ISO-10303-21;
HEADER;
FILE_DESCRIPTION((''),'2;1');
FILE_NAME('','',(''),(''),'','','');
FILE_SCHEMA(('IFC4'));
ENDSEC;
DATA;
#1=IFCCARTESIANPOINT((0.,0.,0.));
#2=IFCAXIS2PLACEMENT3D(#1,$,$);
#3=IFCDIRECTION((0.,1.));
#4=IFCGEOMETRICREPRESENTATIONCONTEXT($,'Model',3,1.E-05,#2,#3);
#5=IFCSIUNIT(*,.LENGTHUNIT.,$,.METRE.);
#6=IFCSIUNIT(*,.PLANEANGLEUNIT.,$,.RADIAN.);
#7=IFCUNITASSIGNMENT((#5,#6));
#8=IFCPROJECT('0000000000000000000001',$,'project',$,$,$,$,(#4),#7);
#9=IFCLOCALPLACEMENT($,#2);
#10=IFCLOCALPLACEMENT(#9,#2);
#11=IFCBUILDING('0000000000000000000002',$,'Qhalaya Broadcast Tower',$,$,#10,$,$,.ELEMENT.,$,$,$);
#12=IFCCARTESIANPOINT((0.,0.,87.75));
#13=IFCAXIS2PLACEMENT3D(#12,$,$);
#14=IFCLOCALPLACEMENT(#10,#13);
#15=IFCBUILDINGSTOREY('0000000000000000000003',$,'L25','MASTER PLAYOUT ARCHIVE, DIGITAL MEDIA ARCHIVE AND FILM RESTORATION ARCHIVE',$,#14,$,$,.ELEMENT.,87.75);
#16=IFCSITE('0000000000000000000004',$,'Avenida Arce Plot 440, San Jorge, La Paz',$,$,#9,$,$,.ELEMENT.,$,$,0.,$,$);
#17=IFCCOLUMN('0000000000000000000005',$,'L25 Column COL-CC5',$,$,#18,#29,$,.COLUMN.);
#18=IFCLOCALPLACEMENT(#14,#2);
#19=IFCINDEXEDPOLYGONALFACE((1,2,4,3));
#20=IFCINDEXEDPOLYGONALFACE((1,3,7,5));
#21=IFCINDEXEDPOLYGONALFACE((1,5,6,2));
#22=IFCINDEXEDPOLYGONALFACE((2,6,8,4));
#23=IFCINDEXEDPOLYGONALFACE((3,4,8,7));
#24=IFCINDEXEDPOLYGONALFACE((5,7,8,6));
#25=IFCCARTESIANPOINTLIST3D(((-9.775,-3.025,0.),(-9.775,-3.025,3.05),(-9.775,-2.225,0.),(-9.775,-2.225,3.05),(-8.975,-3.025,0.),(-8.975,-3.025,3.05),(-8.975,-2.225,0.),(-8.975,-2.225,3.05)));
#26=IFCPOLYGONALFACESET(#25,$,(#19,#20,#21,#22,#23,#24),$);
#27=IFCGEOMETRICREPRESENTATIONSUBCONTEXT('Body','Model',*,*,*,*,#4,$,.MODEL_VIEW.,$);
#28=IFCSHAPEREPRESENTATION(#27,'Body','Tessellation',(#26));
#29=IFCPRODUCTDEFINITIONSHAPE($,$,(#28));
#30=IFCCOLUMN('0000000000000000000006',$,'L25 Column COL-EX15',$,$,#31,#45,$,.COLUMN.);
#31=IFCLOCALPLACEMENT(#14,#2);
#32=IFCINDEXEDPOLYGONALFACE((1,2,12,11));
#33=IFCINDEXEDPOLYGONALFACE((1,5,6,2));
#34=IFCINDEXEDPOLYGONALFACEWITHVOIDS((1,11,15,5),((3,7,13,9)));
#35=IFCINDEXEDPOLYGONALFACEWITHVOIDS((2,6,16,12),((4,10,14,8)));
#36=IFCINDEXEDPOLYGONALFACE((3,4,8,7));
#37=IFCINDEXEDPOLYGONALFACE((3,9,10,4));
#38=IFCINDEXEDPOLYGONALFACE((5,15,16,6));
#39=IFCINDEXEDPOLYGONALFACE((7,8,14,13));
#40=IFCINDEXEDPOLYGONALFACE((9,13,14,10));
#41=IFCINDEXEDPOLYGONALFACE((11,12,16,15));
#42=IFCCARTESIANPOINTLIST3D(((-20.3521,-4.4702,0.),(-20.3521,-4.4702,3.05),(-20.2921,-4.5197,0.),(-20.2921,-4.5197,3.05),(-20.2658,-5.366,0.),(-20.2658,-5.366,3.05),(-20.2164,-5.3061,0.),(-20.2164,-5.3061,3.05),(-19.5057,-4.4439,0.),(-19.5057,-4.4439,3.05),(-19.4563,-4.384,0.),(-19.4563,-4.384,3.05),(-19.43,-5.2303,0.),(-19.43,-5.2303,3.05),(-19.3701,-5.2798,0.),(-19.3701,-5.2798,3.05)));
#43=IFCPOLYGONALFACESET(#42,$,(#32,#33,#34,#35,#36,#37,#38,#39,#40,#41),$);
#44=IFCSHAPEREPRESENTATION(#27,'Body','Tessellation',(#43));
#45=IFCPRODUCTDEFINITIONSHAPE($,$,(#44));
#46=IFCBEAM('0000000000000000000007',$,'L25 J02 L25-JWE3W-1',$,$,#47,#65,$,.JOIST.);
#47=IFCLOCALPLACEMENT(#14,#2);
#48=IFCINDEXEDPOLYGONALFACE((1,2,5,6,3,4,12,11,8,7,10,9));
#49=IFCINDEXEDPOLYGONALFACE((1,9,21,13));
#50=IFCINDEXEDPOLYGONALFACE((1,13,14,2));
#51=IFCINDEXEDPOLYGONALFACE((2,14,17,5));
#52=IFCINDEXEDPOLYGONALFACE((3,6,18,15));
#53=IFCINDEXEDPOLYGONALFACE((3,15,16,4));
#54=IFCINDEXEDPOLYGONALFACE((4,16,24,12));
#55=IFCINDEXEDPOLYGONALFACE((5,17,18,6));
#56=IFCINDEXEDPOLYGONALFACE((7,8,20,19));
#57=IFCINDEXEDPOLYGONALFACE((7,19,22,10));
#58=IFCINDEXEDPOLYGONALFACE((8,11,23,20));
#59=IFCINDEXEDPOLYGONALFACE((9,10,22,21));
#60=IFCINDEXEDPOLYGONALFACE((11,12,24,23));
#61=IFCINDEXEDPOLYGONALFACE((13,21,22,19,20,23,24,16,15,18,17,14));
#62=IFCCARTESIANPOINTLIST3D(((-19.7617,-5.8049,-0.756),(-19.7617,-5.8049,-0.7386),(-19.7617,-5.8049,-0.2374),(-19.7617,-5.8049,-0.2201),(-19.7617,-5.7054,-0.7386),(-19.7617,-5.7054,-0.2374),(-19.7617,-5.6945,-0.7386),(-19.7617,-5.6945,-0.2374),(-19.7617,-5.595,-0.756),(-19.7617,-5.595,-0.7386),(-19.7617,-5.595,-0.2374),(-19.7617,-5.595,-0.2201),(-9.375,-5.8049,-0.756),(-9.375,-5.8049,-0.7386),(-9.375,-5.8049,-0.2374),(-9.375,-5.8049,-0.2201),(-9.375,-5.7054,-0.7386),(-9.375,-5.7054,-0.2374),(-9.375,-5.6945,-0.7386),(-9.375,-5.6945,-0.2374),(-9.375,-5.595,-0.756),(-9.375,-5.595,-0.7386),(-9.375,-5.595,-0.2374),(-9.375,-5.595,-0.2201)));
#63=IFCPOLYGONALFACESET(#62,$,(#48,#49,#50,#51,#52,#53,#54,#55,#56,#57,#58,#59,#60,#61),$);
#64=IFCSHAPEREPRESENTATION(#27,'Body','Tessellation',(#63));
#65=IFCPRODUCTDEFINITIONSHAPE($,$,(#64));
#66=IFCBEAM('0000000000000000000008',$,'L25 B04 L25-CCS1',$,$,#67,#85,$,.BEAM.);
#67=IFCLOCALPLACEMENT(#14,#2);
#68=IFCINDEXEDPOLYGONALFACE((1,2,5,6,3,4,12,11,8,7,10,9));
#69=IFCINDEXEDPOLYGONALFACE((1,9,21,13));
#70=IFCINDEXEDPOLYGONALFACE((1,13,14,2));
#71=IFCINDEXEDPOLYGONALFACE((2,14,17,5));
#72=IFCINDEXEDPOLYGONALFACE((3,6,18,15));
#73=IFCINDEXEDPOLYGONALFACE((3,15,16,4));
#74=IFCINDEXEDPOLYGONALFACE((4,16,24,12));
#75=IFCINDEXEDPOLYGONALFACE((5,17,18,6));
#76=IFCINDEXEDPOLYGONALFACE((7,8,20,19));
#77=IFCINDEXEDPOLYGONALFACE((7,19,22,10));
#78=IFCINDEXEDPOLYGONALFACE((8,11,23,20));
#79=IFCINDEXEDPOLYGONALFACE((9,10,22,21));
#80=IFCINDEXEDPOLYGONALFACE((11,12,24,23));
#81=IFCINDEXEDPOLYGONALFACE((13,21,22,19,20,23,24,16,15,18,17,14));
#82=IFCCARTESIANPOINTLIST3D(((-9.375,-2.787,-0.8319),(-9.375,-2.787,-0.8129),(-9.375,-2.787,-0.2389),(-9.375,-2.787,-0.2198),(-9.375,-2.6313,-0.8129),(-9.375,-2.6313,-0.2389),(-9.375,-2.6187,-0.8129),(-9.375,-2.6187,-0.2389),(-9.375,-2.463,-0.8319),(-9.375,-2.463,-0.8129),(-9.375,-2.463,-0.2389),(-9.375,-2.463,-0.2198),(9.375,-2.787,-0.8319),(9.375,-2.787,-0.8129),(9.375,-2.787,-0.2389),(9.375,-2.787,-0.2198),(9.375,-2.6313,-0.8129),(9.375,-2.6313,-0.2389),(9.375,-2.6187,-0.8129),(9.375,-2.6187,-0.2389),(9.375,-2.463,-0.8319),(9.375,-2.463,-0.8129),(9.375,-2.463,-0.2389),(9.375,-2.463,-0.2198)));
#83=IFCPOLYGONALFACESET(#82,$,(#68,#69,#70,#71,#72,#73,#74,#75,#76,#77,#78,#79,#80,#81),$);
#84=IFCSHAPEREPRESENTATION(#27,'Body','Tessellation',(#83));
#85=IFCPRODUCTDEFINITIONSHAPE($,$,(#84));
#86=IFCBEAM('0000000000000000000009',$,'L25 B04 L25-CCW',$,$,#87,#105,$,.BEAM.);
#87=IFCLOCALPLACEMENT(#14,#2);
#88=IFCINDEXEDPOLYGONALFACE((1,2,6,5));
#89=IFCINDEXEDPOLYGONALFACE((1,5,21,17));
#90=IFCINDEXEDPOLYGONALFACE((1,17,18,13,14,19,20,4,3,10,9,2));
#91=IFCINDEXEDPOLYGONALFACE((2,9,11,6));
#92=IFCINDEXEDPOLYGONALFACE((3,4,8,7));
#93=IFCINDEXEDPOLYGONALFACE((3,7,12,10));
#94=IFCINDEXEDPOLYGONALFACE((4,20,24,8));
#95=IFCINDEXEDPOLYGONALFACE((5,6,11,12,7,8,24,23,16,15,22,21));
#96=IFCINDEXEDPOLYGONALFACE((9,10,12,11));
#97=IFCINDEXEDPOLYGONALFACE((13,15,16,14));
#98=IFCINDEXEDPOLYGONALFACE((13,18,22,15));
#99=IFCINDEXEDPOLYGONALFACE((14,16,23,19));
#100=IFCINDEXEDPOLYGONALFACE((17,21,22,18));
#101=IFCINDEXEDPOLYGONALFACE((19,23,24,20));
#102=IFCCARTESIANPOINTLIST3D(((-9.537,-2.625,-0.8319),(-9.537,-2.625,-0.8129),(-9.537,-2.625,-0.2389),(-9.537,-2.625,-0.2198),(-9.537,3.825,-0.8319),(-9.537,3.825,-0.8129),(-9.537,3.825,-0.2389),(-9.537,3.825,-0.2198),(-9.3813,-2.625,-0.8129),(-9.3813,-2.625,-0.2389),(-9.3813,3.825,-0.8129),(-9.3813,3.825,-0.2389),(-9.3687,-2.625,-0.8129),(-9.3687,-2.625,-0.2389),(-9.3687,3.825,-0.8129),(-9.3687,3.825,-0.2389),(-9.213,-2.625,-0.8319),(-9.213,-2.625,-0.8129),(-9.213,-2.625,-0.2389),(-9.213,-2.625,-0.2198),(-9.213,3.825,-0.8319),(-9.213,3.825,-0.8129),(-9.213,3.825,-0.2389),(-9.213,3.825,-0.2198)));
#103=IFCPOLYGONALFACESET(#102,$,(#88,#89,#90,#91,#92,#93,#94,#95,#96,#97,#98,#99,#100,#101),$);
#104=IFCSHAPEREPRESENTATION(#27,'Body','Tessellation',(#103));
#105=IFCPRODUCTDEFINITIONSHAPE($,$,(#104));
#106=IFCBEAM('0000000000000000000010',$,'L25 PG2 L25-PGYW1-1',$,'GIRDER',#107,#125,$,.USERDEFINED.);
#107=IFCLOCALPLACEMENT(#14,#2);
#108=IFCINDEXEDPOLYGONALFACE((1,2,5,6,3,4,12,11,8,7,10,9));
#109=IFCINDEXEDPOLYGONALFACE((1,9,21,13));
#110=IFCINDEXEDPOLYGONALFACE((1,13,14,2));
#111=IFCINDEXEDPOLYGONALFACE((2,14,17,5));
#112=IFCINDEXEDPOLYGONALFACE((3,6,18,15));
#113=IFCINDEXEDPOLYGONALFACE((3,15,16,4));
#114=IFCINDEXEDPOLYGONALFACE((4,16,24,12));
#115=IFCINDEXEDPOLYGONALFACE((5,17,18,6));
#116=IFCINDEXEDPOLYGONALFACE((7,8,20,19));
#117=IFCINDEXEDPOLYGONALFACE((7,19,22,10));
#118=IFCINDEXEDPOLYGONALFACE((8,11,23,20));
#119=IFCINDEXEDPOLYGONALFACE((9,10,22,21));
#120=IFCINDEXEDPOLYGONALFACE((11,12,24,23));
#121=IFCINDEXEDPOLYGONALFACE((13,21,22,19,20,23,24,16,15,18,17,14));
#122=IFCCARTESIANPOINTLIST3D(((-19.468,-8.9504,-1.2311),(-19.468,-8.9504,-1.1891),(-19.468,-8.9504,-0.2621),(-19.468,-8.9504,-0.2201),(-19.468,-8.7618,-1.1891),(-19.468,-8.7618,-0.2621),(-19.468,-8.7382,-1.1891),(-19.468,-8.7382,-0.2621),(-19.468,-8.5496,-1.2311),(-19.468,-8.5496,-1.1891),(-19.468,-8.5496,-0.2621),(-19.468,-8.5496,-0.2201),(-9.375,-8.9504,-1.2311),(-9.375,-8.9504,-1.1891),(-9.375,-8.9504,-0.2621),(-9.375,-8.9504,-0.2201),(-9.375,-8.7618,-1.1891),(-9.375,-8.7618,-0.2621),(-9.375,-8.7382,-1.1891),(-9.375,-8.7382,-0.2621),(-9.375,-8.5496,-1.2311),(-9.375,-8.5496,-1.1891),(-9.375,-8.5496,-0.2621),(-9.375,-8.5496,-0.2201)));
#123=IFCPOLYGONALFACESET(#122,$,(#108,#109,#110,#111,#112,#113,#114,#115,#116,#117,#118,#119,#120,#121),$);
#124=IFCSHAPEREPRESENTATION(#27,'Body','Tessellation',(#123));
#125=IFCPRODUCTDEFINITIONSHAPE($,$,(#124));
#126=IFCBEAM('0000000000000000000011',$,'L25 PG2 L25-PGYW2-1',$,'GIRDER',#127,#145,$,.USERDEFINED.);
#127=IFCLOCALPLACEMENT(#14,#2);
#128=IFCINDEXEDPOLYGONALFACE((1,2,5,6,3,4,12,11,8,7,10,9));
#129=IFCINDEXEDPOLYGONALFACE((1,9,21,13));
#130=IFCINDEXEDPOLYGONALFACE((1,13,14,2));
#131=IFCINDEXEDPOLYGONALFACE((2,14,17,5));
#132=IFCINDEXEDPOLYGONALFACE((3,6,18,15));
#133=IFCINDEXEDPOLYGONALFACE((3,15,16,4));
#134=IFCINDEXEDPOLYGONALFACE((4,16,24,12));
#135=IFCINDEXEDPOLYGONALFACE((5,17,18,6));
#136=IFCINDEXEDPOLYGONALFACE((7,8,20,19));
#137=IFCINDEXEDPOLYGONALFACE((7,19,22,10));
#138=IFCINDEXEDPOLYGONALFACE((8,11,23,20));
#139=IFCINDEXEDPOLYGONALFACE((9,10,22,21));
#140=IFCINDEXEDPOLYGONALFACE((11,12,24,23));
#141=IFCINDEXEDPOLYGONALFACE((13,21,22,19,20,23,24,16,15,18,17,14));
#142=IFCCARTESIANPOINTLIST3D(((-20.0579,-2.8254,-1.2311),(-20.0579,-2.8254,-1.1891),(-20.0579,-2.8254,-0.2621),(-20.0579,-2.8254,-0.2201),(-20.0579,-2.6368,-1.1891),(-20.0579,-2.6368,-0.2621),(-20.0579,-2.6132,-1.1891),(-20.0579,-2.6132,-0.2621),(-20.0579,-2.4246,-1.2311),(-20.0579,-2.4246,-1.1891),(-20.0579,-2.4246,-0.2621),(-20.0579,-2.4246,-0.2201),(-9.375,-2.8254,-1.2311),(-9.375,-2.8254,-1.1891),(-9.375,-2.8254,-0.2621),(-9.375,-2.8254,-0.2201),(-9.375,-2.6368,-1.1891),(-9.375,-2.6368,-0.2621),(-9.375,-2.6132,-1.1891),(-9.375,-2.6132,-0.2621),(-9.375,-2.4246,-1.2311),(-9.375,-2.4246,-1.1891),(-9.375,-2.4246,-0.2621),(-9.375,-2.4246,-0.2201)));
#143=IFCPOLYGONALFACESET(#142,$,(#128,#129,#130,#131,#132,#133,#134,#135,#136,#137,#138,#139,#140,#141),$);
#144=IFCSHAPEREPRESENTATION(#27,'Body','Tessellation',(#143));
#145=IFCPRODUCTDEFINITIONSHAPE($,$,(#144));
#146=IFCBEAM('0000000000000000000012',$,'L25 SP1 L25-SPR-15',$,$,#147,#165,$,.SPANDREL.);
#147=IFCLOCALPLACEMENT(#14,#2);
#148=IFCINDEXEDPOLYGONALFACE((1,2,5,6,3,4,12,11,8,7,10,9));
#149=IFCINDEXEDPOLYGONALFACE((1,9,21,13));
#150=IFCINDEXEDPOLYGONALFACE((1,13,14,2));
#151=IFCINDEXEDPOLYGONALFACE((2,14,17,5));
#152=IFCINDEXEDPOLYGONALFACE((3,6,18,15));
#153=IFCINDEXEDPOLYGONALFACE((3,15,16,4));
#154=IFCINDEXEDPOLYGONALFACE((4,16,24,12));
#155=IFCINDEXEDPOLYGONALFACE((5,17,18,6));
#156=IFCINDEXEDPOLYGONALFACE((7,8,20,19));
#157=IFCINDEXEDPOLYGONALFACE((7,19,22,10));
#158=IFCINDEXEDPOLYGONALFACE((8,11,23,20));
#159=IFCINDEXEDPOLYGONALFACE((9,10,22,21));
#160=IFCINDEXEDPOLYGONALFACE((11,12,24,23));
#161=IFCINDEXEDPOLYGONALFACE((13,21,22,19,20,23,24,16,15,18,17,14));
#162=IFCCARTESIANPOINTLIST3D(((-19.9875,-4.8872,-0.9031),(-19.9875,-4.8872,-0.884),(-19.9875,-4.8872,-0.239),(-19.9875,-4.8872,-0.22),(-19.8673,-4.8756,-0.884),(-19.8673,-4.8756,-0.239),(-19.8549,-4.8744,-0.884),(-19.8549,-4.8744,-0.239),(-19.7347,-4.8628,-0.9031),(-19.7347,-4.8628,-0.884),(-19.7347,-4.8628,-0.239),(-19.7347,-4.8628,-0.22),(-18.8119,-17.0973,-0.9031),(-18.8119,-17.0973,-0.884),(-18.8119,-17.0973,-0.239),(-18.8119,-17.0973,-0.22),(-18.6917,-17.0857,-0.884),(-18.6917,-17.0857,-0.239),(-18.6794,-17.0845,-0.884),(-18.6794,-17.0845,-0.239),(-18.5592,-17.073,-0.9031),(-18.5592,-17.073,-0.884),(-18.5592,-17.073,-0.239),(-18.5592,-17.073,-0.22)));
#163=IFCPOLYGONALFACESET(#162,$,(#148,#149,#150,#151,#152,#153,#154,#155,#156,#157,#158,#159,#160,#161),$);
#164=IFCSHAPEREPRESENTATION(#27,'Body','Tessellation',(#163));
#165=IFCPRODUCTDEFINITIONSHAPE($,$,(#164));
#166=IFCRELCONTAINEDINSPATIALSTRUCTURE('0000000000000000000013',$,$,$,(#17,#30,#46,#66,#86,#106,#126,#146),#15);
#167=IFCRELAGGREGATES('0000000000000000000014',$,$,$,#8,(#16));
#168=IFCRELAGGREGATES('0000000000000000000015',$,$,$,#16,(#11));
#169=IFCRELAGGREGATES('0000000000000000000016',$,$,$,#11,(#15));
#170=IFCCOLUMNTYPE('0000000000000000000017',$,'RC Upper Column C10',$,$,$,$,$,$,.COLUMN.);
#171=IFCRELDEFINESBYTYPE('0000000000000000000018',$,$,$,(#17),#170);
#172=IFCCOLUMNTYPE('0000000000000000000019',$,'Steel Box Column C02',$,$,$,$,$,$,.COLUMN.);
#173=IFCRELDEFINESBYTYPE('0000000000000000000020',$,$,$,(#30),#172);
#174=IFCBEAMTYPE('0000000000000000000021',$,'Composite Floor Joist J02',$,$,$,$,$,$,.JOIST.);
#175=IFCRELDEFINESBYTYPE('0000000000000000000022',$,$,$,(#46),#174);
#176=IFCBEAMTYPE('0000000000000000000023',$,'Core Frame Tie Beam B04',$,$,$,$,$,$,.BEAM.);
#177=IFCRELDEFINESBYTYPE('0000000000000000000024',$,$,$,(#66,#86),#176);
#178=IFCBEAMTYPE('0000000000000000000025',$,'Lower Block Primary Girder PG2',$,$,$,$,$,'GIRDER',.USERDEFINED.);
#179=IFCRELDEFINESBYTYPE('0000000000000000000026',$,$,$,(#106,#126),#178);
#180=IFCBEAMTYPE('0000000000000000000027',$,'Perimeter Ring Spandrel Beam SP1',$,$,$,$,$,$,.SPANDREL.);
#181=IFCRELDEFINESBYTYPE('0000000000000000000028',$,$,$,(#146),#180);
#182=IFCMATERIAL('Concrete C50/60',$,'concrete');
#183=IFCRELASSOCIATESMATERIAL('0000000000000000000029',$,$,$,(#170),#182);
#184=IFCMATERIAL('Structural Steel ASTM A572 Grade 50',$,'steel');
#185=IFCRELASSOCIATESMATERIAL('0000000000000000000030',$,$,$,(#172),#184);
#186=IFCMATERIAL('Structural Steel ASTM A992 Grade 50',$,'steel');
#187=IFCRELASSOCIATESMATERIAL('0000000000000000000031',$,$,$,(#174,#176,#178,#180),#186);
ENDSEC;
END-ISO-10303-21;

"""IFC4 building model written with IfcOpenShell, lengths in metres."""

from ifc_helpers import new_model, si_unit, direction, frame, origin, origin_2d, place, context, subcontext, project, spatial, rectangle, hollow_rectangle, i_section, extrude, material, material_profile, profile_set, type_object, element, save


model = new_model("IFC4")

# Units and contexts
model_context = context("Model", 3, precision=1e-05, world=origin(), true_north=direction((0.0, 1.0)))
body_context = subcontext(model_context, "Body", "Model", "MODEL_VIEW")
ifc_project = project(units=[si_unit("LENGTHUNIT", "METRE"), si_unit("PLANEANGLEUNIT", "RADIAN")], contexts=[model_context])

# Site, building, storey
site_placement = place(None, origin())
site = spatial("IfcSite", under=ifc_project, at=site_placement, Name="Avenida Arce Plot 440, San Jorge, La Paz", CompositionType="ELEMENT", RefElevation=0.0)
building_placement = place(site_placement, origin())
building = spatial("IfcBuilding", under=site, at=building_placement, Name="Qhalaya Broadcast Tower", CompositionType="ELEMENT")
storey_placement = place(building_placement, frame((0.0, 0.0, 87.75)))
storey = spatial("IfcBuildingStorey", under=building, at=storey_placement, Name="L25", Description="MASTER PLAYOUT ARCHIVE, DIGITAL MEDIA ARCHIVE AND FILM RESTORATION ARCHIVE", CompositionType="ELEMENT", Elevation=87.75)

# Columns
ifc_material_1 = material(Name="Concrete C50/60", Category="concrete")
ifc_material_profile_1 = material_profile(ifc_material_1, rectangle(XDim=0.8, YDim=0.8, at=origin_2d()), Name="RC-COL 800x800")
ifc_profile_set_1 = profile_set([ifc_material_profile_1], Name="Concrete C50/60")
column_type_1 = type_object("IfcColumnType", Name="RC Upper Column C10", PredefinedType="COLUMN", material=ifc_profile_set_1)
column_1_placement = place(storey_placement, frame((-9.375, -2.625, 0.0), z_axis=(0.0, 0.0, 1.0), x_axis=(1.0, 0.0, 0.0)))
element("IfcColumn", 1, at=column_1_placement, inside=storey, type_object=column_type_1, Name="L25 Column COL-CC5", PredefinedType="COLUMN", context=body_context, shape_type="SweptSolid", body=[
    extrude(rectangle(XDim=0.8, YDim=0.8, at=origin_2d()), origin(), (0.0, 0.0, 1.0), 3.05),
])
ifc_material_2 = material(Name="Structural Steel ASTM A572 Grade 50", Category="steel")
ifc_material_profile_2 = material_profile(ifc_material_2, hollow_rectangle(XDim=0.8999, YDim=0.8999, WallThickness=0.0549, at=origin_2d()), Name="BOX 900x900x55")
ifc_profile_set_2 = profile_set([ifc_material_profile_2], Name="Structural Steel ASTM A572 Grade 50")
column_type_2 = type_object("IfcColumnType", Name="Steel Box Column C02", PredefinedType="COLUMN", material=ifc_profile_set_2)
column_2_placement = place(storey_placement, frame((-19.8611, -4.875, 0.0), z_axis=(0.0, 0.0, 1.0), x_axis=(-0.095846, 0.995396, 0.0)))
element("IfcColumn", 2, at=column_2_placement, inside=storey, type_object=column_type_2, Name="L25 Column COL-EX15", PredefinedType="COLUMN", context=body_context, shape_type="SweptSolid", body=[
    extrude(hollow_rectangle(XDim=0.8999, YDim=0.8999, WallThickness=0.0549, at=origin_2d()), origin(), (0.0, 0.0, 1.0), 3.05),
])

# Beams
ifc_material_3 = material(Name="Structural Steel ASTM A992 Grade 50", Category="steel")
ifc_material_profile_3 = material_profile(ifc_material_3, i_section(OverallWidth=0.21, OverallDepth=0.5359, WebThickness=0.011, FlangeThickness=0.0173, at=origin_2d()), Name="W21X68")
ifc_profile_set_3 = profile_set([ifc_material_profile_3], Name="Structural Steel ASTM A992 Grade 50")
beam_type_1 = type_object("IfcBeamType", Name="Composite Floor Joist J02", PredefinedType="JOIST", material=ifc_profile_set_3)
beam_1_placement = place(storey_placement, frame((-19.7617, -5.7, -0.488), z_axis=(1.0, 0.0, 0.0), x_axis=(0.0, 1.0, 0.0)))
element("IfcBeam", 3, at=beam_1_placement, inside=storey, type_object=beam_type_1, Name="L25 J02 L25-JWE3W-1", PredefinedType="JOIST", context=body_context, shape_type="SweptSolid", body=[
    extrude(i_section(OverallWidth=0.21, OverallDepth=0.5359, WebThickness=0.011, FlangeThickness=0.0173, at=origin_2d()), origin(), (0.0, 0.0, 1.0), 10.3867),
])
ifc_material_profile_4 = material_profile(ifc_material_3, i_section(OverallWidth=0.324, OverallDepth=0.6121, WebThickness=0.0127, FlangeThickness=0.019, at=origin_2d()), Name="W24X104")
ifc_profile_set_4 = profile_set([ifc_material_profile_4], Name="Structural Steel ASTM A992 Grade 50")
beam_type_2 = type_object("IfcBeamType", Name="Core Frame Tie Beam B04", PredefinedType="BEAM", material=ifc_profile_set_4)
beam_2_placement = place(storey_placement, frame((-9.375, -2.625, -0.5259), z_axis=(1.0, 0.0, 0.0), x_axis=(0.0, 1.0, 0.0)))
element("IfcBeam", 4, at=beam_2_placement, inside=storey, type_object=beam_type_2, Name="L25 B04 L25-CCS1", PredefinedType="BEAM", context=body_context, shape_type="SweptSolid", body=[
    extrude(i_section(OverallWidth=0.324, OverallDepth=0.6121, WebThickness=0.0127, FlangeThickness=0.019, at=origin_2d()), origin(), (0.0, 0.0, 1.0), 18.75),
])
beam_3_placement = place(storey_placement, frame((-9.375, -2.625, -0.5259), z_axis=(0.0, 1.0, 0.0), x_axis=(-1.0, 0.0, 0.0)))
element("IfcBeam", 5, at=beam_3_placement, inside=storey, type_object=beam_type_2, Name="L25 B04 L25-CCW", PredefinedType="BEAM", context=body_context, shape_type="SweptSolid", body=[
    extrude(i_section(OverallWidth=0.324, OverallDepth=0.6121, WebThickness=0.0127, FlangeThickness=0.019, at=origin_2d()), origin(), (0.0, 0.0, 1.0), 6.45),
])
ifc_material_profile_5 = material_profile(ifc_material_3, i_section(OverallWidth=0.4009, OverallDepth=1.011, WebThickness=0.0237, FlangeThickness=0.042, at=origin_2d()), Name="W40X297")
ifc_profile_set_5 = profile_set([ifc_material_profile_5], Name="Structural Steel ASTM A992 Grade 50")
beam_type_3 = type_object("IfcBeamType", Name="Lower Block Primary Girder PG2", ElementType="GIRDER", PredefinedType="USERDEFINED", material=ifc_profile_set_5)
beam_4_placement = place(storey_placement, frame((-19.468, -8.75, -0.7256), z_axis=(1.0, 0.0, 0.0), x_axis=(0.0, 1.0, 0.0)))
element("IfcBeam", 6, at=beam_4_placement, inside=storey, type_object=beam_type_3, Name="L25 PG2 L25-PGYW1-1", ObjectType="GIRDER", PredefinedType="USERDEFINED", context=body_context, shape_type="SweptSolid", body=[
    extrude(i_section(OverallWidth=0.4009, OverallDepth=1.011, WebThickness=0.0237, FlangeThickness=0.042, at=origin_2d()), origin(), (0.0, 0.0, 1.0), 10.093),
])
beam_5_placement = place(storey_placement, frame((-20.0579, -2.625, -0.7256), z_axis=(1.0, 0.0, 0.0), x_axis=(0.0, 1.0, 0.0)))
element("IfcBeam", 7, at=beam_5_placement, inside=storey, type_object=beam_type_3, Name="L25 PG2 L25-PGYW2-1", ObjectType="GIRDER", PredefinedType="USERDEFINED", context=body_context, shape_type="SweptSolid", body=[
    extrude(i_section(OverallWidth=0.4009, OverallDepth=1.011, WebThickness=0.0237, FlangeThickness=0.042, at=origin_2d()), origin(), (0.0, 0.0, 1.0), 10.6829),
])
ifc_material_profile_6 = material_profile(ifc_material_3, i_section(OverallWidth=0.2539, OverallDepth=0.6831, WebThickness=0.0125, FlangeThickness=0.019, at=origin_2d()), Name="W27X94")
ifc_profile_set_6 = profile_set([ifc_material_profile_6], Name="Structural Steel ASTM A992 Grade 50")
beam_type_4 = type_object("IfcBeamType", Name="Perimeter Ring Spandrel Beam SP1", PredefinedType="SPANDREL", material=ifc_profile_set_6)
beam_6_placement = place(storey_placement, frame((-19.8611, -4.875, -0.5615), z_axis=(0.095832, -0.995398, 0.0), x_axis=(0.995398, 0.095832, 0.0)))
element("IfcBeam", 8, at=beam_6_placement, inside=storey, type_object=beam_type_4, Name="L25 SP1 L25-SPR-15", PredefinedType="SPANDREL", context=body_context, shape_type="SweptSolid", body=[
    extrude(i_section(OverallWidth=0.2539, OverallDepth=0.6831, WebThickness=0.0125, FlangeThickness=0.019, at=origin_2d()), origin(), (0.0, 0.0, 1.0), 12.2666),
])

save(model, "model.ifc")
